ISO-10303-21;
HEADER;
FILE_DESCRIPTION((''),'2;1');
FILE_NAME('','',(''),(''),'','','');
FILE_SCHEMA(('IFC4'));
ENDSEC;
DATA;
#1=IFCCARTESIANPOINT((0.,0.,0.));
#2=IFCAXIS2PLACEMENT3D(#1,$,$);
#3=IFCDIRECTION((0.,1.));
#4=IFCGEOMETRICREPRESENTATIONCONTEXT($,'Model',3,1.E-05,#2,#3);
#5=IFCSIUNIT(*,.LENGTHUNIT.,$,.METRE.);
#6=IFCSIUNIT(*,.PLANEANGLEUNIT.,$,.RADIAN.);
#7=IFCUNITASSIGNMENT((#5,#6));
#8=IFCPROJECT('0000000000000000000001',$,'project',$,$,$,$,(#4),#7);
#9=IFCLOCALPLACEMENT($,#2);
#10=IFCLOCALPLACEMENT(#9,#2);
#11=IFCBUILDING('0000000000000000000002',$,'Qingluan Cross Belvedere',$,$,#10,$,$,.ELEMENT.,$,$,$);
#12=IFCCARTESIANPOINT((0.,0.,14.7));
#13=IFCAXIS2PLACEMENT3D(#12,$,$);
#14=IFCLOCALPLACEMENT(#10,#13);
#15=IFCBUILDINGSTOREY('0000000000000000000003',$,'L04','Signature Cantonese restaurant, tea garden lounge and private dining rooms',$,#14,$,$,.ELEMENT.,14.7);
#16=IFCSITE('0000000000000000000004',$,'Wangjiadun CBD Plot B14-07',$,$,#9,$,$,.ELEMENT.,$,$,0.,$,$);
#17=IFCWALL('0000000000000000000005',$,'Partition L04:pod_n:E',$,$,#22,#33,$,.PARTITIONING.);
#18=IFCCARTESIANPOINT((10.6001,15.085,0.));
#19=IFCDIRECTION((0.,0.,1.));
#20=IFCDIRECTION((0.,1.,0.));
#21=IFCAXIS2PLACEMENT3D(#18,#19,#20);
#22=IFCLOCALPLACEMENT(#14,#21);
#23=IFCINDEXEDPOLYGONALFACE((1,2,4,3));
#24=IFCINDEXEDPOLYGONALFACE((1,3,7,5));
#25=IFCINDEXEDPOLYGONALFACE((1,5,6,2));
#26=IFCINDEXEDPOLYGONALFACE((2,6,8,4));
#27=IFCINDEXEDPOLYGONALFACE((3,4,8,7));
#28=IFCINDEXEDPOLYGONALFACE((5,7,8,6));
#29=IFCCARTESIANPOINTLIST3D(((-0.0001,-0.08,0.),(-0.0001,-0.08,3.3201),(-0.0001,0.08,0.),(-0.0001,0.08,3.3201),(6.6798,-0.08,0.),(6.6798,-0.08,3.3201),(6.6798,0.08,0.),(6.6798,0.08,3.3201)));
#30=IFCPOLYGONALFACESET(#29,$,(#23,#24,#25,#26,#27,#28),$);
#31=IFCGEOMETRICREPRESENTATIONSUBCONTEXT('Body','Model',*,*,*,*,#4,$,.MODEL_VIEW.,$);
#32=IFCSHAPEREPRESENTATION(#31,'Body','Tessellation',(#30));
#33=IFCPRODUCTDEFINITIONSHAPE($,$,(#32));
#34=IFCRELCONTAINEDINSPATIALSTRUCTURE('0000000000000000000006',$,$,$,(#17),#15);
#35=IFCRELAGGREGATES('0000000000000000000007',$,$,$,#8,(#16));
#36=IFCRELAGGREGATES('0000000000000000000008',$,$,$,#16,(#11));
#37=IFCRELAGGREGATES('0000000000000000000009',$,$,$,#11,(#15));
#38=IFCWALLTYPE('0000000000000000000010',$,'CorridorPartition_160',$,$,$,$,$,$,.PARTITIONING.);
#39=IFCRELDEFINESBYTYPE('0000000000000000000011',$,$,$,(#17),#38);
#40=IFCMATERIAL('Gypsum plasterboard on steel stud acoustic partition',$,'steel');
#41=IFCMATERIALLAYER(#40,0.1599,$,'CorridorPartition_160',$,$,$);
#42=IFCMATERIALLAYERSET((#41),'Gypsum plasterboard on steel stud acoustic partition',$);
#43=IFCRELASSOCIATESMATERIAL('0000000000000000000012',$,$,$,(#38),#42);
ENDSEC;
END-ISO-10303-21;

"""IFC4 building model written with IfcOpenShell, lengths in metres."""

from ifc_helpers import new_model, si_unit, direction, frame, frame_2d, origin, place, context, subcontext, project, spatial, rectangle, extrude, material, layer, layer_set, type_object, element, save


model = new_model("IFC4")

# Units and contexts
model_context = context("Model", 3, precision=1e-05, world=origin(), true_north=direction((0.0, 1.0)))
body_context = subcontext(model_context, "Body", "Model", "MODEL_VIEW")
ifc_project = project(units=[si_unit("LENGTHUNIT", "METRE"), si_unit("PLANEANGLEUNIT", "RADIAN")], contexts=[model_context])

# Site, building, storey
site_placement = place(None, origin())
site = spatial("IfcSite", under=ifc_project, at=site_placement, Name="Wangjiadun CBD Plot B14-07", CompositionType="ELEMENT", RefElevation=0.0)
building_placement = place(site_placement, origin())
building = spatial("IfcBuilding", under=site, at=building_placement, Name="Qingluan Cross Belvedere", CompositionType="ELEMENT")
storey_placement = place(building_placement, frame((0.0, 0.0, 14.7)))
storey = spatial("IfcBuildingStorey", under=building, at=storey_placement, Name="L04", Description="Signature Cantonese restaurant, tea garden lounge and private dining rooms", CompositionType="ELEMENT", Elevation=14.7)

# Wall
ifc_material_1 = material(Name="Gypsum plasterboard on steel stud acoustic partition", Category="steel")
ifc_layer_1 = layer(ifc_material_1, 0.1599, Name="CorridorPartition_160")
ifc_layer_set_1 = layer_set([ifc_layer_1], Name="Gypsum plasterboard on steel stud acoustic partition")
wall_type_1 = type_object("IfcWallType", Name="CorridorPartition_160", PredefinedType="PARTITIONING", material=ifc_layer_set_1)
wall_1_placement = place(storey_placement, frame((10.6001, 15.085, 0.0), z_axis=(0.0, 0.0, 1.0), x_axis=(0.0, 1.0, 0.0)))
element("IfcWall", 1, at=wall_1_placement, inside=storey, type_object=wall_type_1, Name="Partition L04:pod_n:E", PredefinedType="PARTITIONING", context=body_context, shape_type="SweptSolid", body=[
    extrude(rectangle(XDim=6.6799, YDim=0.1599, at=frame_2d((3.3398, 0.0))), origin(), (0.0, 0.0, 1.0), 3.3201),
])

save(model, "model.ifc")
